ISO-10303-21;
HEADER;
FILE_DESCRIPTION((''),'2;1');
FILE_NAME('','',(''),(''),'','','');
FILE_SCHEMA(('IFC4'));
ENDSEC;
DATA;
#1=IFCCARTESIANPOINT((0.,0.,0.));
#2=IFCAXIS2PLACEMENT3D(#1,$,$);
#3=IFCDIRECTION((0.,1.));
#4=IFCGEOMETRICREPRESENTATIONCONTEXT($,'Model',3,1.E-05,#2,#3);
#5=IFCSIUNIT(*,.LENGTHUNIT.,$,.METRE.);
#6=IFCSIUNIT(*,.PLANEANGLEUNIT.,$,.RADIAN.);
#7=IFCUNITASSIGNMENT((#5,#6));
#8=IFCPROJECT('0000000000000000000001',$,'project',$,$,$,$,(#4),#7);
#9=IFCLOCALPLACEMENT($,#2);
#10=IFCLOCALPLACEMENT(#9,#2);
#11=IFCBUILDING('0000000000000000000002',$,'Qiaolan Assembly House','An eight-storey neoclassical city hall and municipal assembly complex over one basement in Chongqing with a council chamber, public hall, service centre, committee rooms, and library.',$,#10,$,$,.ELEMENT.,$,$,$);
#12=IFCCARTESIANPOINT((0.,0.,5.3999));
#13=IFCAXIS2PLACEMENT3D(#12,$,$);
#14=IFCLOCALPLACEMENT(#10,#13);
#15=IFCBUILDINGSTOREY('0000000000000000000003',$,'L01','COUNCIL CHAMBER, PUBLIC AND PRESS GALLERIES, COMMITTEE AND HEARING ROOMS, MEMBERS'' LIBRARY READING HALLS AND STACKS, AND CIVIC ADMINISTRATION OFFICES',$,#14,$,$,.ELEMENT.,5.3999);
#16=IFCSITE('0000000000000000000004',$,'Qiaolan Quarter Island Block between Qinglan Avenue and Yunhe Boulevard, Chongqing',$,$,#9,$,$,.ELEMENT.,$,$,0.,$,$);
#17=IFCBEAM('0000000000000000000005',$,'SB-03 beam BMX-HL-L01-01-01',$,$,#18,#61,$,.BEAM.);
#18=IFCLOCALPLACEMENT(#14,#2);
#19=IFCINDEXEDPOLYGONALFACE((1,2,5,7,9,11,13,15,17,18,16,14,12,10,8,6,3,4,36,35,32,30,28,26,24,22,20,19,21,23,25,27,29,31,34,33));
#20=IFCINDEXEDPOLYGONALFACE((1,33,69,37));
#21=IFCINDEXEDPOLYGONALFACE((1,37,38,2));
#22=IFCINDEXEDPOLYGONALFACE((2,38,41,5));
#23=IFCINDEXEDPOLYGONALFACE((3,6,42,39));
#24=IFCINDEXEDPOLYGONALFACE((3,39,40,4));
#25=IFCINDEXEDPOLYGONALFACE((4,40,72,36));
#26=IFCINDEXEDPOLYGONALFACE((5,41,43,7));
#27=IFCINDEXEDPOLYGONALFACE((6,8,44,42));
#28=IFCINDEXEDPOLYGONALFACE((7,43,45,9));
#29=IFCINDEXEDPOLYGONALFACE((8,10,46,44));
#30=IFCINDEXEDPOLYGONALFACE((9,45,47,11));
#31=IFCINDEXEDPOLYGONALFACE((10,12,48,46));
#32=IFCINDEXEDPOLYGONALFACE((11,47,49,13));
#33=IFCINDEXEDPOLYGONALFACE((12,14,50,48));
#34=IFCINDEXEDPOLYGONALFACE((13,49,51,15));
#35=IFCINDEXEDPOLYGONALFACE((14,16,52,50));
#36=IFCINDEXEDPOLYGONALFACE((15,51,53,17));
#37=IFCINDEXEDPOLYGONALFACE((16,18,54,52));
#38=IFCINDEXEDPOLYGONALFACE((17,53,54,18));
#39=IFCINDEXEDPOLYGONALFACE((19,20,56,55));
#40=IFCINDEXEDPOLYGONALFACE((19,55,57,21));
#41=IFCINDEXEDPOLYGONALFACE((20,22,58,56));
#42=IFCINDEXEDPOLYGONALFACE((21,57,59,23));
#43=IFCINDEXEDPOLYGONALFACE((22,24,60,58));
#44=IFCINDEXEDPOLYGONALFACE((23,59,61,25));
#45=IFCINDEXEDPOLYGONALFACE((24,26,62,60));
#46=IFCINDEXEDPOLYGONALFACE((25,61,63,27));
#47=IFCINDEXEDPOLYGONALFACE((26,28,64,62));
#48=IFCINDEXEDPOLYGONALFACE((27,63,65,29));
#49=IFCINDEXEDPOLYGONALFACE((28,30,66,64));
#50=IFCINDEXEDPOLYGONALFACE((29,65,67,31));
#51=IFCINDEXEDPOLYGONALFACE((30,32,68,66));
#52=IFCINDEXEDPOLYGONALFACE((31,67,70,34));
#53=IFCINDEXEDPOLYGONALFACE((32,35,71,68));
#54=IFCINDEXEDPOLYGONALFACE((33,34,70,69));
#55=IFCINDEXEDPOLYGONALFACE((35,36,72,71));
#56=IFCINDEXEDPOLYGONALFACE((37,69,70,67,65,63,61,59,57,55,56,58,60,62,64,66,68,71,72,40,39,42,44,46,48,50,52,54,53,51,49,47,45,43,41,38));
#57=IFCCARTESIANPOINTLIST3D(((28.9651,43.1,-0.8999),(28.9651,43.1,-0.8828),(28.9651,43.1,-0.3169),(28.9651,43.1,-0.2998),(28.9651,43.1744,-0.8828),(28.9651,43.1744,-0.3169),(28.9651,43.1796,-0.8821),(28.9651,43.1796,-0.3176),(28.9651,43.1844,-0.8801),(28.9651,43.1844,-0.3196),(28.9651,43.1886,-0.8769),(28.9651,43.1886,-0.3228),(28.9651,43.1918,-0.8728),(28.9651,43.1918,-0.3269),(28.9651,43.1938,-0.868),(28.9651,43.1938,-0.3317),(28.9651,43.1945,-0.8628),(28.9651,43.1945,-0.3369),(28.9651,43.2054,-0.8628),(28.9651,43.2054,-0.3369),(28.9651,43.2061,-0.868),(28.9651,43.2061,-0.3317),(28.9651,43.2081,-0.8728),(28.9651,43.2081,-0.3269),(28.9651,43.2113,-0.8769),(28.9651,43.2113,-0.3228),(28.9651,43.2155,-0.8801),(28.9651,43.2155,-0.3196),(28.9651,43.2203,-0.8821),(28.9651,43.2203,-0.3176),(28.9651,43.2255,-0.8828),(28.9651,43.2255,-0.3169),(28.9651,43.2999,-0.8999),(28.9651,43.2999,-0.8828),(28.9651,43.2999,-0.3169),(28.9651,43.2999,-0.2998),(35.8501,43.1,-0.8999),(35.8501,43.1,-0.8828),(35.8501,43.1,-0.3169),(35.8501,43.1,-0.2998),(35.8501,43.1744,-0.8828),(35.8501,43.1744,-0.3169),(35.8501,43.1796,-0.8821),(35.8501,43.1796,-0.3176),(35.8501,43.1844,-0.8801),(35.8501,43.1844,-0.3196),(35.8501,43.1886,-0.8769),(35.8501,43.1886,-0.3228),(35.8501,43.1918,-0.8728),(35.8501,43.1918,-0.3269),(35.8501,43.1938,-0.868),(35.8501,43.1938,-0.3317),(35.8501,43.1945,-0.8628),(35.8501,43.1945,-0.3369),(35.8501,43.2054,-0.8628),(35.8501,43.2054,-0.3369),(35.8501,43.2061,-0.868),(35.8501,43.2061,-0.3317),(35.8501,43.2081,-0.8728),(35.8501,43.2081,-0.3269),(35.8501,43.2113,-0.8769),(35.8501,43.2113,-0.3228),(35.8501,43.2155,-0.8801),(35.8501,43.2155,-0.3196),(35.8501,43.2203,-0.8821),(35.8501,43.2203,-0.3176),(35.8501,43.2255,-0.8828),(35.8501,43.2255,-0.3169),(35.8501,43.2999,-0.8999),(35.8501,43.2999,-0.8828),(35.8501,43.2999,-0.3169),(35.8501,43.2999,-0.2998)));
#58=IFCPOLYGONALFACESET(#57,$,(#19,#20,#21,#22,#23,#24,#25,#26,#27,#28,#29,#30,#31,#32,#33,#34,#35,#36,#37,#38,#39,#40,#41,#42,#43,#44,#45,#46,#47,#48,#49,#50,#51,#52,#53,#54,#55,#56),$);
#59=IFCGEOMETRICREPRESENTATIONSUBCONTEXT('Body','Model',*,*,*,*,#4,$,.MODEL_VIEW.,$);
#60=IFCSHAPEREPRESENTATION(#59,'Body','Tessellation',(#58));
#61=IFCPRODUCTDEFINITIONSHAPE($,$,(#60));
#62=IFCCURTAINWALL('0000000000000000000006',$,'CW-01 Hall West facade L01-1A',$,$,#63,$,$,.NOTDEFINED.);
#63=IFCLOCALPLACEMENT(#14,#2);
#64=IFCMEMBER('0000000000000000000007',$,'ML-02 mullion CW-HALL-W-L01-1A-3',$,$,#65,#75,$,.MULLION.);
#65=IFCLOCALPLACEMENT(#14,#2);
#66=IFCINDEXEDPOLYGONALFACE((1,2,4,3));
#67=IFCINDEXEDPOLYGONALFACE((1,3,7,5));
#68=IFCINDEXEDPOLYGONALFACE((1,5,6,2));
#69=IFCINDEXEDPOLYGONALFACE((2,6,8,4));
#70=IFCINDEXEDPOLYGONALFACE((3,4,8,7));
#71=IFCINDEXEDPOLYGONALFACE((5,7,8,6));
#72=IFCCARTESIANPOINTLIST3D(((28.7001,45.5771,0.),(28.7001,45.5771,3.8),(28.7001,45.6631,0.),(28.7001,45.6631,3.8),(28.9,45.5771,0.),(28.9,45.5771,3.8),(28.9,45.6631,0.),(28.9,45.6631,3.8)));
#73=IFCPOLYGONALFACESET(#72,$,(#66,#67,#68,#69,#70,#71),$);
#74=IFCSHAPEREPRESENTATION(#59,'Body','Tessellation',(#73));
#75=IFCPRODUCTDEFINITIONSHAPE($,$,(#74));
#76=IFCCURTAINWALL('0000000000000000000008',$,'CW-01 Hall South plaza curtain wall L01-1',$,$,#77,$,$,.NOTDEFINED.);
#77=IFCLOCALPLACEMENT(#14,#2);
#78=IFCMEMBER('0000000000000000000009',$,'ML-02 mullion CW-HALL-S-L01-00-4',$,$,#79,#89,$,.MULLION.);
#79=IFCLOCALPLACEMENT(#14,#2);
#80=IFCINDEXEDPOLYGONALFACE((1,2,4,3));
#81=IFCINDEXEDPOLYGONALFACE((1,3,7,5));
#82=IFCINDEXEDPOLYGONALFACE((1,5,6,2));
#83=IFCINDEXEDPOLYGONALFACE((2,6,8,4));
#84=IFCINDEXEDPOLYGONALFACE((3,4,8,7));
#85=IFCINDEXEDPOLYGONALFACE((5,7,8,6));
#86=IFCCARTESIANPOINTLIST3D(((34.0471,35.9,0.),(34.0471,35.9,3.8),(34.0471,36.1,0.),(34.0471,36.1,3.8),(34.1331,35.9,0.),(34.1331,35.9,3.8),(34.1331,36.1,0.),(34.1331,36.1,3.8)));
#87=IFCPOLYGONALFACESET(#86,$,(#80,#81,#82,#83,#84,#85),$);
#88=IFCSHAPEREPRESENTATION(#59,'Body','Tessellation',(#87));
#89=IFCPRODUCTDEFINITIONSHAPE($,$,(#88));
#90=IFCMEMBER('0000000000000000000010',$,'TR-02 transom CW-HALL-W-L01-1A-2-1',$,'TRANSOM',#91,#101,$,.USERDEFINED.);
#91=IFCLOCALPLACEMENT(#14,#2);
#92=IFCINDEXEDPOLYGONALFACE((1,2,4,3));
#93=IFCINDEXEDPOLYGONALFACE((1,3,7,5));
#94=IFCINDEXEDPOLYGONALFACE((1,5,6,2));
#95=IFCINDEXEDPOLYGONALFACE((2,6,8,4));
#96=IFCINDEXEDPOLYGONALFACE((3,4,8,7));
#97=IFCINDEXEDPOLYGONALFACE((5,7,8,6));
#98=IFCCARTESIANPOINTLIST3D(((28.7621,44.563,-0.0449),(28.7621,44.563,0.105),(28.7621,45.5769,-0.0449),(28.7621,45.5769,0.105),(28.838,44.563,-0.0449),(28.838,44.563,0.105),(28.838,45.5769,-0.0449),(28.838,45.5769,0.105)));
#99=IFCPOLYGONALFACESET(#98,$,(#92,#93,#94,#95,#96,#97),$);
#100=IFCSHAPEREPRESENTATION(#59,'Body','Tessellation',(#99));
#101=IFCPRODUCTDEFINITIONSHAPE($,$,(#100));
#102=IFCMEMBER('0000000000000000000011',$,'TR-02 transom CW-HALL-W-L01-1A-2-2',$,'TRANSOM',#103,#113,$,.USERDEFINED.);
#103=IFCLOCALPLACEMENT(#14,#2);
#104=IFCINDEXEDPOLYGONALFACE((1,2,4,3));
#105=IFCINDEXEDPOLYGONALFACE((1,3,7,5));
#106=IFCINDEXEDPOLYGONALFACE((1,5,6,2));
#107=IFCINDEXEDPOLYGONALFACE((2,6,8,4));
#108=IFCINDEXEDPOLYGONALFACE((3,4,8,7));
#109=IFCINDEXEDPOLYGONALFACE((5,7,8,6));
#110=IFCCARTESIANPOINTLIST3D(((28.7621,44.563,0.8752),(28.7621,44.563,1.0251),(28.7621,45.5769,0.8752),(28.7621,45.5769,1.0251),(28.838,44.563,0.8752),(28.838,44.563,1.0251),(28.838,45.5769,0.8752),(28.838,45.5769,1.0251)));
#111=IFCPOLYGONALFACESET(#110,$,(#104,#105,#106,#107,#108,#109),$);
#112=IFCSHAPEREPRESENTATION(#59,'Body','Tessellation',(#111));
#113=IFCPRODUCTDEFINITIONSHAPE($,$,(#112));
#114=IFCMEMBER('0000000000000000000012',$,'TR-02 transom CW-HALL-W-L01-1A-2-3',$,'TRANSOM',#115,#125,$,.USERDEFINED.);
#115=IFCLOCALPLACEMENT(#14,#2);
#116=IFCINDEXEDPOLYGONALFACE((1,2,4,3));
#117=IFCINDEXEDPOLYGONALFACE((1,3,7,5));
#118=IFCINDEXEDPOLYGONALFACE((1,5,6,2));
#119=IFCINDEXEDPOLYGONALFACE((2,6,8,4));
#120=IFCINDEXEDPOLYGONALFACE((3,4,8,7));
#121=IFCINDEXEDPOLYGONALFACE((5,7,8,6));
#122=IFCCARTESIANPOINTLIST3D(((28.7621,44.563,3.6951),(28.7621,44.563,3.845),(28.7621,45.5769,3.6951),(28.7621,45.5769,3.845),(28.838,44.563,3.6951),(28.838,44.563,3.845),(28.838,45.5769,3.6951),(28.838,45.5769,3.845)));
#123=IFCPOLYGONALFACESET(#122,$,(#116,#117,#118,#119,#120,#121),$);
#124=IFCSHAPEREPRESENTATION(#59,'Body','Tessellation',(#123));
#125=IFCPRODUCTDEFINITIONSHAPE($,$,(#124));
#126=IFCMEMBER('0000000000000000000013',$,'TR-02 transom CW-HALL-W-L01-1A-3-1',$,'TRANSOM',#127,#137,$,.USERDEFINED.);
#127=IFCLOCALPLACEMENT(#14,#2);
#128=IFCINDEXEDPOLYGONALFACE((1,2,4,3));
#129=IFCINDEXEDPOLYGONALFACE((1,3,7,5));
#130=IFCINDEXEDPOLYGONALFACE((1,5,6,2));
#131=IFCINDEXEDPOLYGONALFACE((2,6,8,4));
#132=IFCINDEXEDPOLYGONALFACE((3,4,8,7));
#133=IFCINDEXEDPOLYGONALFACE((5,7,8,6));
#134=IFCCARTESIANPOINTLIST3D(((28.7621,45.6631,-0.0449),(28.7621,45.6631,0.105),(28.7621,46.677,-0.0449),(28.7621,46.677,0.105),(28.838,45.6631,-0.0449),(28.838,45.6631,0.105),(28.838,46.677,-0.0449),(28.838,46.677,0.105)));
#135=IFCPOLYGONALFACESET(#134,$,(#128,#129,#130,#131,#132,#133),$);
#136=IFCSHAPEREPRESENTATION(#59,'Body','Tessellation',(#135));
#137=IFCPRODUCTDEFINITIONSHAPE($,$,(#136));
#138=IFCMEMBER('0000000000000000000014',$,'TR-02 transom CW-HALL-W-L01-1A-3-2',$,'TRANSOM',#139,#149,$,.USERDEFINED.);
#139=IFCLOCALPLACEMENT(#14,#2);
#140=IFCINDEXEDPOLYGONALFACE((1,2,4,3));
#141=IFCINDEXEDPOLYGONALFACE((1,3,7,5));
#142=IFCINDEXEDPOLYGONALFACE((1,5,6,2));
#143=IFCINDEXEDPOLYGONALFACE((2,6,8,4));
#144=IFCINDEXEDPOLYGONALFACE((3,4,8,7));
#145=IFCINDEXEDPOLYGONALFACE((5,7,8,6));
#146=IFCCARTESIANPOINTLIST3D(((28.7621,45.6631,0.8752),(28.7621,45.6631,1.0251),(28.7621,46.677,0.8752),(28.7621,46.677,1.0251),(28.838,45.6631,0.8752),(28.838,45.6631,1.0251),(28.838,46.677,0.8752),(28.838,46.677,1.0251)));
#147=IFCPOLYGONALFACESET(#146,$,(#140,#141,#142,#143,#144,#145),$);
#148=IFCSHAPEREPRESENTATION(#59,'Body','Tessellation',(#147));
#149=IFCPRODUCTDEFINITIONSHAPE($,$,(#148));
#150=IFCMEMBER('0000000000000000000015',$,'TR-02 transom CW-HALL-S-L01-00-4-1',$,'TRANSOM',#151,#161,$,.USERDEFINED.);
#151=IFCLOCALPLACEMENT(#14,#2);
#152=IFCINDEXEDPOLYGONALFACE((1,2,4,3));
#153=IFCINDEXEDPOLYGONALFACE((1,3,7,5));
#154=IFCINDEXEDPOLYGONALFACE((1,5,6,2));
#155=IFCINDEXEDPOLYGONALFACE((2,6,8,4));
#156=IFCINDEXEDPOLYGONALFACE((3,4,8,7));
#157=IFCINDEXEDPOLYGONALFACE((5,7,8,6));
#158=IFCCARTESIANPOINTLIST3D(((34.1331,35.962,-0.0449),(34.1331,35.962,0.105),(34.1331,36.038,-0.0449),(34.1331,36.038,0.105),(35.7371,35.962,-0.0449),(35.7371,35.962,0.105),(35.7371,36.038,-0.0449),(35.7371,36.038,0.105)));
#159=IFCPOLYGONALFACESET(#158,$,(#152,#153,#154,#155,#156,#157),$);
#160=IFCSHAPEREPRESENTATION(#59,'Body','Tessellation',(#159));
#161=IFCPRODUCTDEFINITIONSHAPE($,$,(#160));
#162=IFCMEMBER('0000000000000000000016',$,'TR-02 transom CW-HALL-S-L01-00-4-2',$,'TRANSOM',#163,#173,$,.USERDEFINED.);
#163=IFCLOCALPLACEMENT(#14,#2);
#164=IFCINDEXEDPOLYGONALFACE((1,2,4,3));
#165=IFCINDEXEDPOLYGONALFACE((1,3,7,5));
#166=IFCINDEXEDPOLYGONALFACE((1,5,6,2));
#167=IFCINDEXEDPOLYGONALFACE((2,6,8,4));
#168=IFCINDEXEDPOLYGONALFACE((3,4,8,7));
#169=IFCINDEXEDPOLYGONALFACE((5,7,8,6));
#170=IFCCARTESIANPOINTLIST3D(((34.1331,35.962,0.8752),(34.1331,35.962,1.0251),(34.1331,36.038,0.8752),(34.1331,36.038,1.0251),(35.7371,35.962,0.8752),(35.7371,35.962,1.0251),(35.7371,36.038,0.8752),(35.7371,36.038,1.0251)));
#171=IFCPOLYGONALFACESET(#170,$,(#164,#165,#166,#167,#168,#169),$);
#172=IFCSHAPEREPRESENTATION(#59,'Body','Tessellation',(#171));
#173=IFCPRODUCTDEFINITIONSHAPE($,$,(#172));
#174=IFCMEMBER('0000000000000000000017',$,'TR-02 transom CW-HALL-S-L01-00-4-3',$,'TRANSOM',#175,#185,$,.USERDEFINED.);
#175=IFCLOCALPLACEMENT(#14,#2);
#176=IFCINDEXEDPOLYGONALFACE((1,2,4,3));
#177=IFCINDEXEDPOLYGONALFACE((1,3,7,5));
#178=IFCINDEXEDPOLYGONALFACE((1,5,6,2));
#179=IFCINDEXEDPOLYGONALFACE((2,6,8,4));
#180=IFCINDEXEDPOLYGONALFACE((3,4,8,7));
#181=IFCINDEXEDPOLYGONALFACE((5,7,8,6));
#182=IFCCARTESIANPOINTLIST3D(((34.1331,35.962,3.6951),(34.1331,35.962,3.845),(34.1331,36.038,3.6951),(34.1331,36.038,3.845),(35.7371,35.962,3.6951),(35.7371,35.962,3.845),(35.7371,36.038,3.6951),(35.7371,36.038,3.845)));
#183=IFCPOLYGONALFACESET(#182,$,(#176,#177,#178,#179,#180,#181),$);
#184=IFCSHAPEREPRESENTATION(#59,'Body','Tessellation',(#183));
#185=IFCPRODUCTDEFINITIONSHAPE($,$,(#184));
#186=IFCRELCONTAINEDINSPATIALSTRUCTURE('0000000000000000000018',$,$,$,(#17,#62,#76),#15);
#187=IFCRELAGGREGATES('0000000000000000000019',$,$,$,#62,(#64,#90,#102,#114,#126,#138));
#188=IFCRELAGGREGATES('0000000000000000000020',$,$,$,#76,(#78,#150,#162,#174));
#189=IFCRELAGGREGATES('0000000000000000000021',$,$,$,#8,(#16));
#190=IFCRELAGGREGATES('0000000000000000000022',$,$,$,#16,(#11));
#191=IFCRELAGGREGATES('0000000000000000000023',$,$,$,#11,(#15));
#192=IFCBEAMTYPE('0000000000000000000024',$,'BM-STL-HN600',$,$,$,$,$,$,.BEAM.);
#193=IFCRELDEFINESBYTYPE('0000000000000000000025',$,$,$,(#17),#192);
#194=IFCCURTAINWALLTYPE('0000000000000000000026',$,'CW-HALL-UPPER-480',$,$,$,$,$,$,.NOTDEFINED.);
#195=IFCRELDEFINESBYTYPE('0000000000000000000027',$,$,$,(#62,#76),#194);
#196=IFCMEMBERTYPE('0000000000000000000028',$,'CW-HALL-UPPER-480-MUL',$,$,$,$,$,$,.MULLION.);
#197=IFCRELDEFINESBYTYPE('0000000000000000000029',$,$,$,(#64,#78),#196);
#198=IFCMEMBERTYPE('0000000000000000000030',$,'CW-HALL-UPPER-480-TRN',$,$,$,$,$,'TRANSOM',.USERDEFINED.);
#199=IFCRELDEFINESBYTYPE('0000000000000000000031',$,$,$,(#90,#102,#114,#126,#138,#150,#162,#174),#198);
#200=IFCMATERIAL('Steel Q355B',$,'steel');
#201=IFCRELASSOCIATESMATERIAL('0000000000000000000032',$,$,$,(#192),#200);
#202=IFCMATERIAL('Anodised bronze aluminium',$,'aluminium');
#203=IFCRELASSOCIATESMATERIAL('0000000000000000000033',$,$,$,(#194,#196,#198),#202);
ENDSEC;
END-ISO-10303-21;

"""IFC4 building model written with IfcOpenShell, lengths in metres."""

from ifc_helpers import new_model, si_unit, direction, frame, origin, origin_2d, place, context, subcontext, project, spatial, rectangle, i_section, extrude, material, material_profile, profile_set, type_object, element, aggregate, save


model = new_model("IFC4")

# Units and contexts
model_context = context("Model", 3, precision=1e-05, world=origin(), true_north=direction((0.0, 1.0)))
body_context = subcontext(model_context, "Body", "Model", "MODEL_VIEW")
ifc_project = project(units=[si_unit("LENGTHUNIT", "METRE"), si_unit("PLANEANGLEUNIT", "RADIAN")], contexts=[model_context])

# Site, building, storey
site_placement = place(None, origin())
site = spatial("IfcSite", under=ifc_project, at=site_placement, Name="Qiaolan Quarter Island Block between Qinglan Avenue and Yunhe Boulevard, Chongqing", CompositionType="ELEMENT", RefElevation=0.0)
building_placement = place(site_placement, origin())
building = spatial("IfcBuilding", under=site, at=building_placement, Name="Qiaolan Assembly House", Description="An eight-storey neoclassical city hall and municipal assembly complex over one basement in Chongqing with a council chamber, public hall, service centre, committee rooms, and library.", CompositionType="ELEMENT")
storey_placement = place(building_placement, frame((0.0, 0.0, 5.3999)))
storey = spatial("IfcBuildingStorey", under=building, at=storey_placement, Name="L01", Description="COUNCIL CHAMBER, PUBLIC AND PRESS GALLERIES, COMMITTEE AND HEARING ROOMS, MEMBERS' LIBRARY READING HALLS AND STACKS, AND CIVIC ADMINISTRATION OFFICES", CompositionType="ELEMENT", Elevation=5.3999)

# Beam
ifc_material_1 = material(Name="Steel Q355B", Category="steel")
ifc_material_profile_1 = material_profile(ifc_material_1, i_section(OverallWidth=0.2, OverallDepth=0.6001, WebThickness=0.011, FlangeThickness=0.0171, FilletRadius=0.02, at=origin_2d()), Name="HN 600x200x11x17")
ifc_profile_set_1 = profile_set([ifc_material_profile_1], Name="Steel Q355B")
beam_type_1 = type_object("IfcBeamType", Name="BM-STL-HN600", PredefinedType="BEAM", material=ifc_profile_set_1)
beam_placement = place(storey_placement, frame((28.9651, 43.2, -0.5999), z_axis=(1.0, 0.0, 0.0), x_axis=(0.0, 1.0, 0.0)))
element("IfcBeam", 1, at=beam_placement, inside=storey, type_object=beam_type_1, Name="SB-03 beam BMX-HL-L01-01-01", PredefinedType="BEAM", context=body_context, shape_type="SweptSolid", body=[
    extrude(i_section(OverallWidth=0.2, OverallDepth=0.6001, WebThickness=0.011, FlangeThickness=0.0171, FilletRadius=0.02, at=origin_2d()), origin(), (0.0, 0.0, 1.0), 6.885),
])

# Curtain walls, members
ifc_material_2 = material(Name="Anodised bronze aluminium", Category="aluminium")
curtain_wall_type = type_object("IfcCurtainWallType", Name="CW-HALL-UPPER-480", PredefinedType="NOTDEFINED", material=ifc_material_2)
curtain_wall_1_placement = place(storey_placement, origin())
curtain_wall_1 = element("IfcCurtainWall", 2, at=curtain_wall_1_placement, inside=storey, type_object=curtain_wall_type, Name="CW-01 Hall West facade L01-1A", PredefinedType="NOTDEFINED")
ifc_material_profile_2 = material_profile(ifc_material_2, rectangle(XDim=0.0859, YDim=0.2, at=origin_2d()), Name="MUL 86x200")
ifc_profile_set_2 = profile_set([ifc_material_profile_2], Name="Anodised bronze aluminium")
member_type_1 = type_object("IfcMemberType", Name="CW-HALL-UPPER-480-MUL", PredefinedType="MULLION", material=ifc_profile_set_2)
member_1_placement = place(storey_placement, frame((28.8, 45.6201, 0.0), z_axis=(0.0, 0.0, 1.0), x_axis=(0.0, 1.0, 0.0)))
member_1 = element("IfcMember", 3, at=member_1_placement, type_object=member_type_1, Name="ML-02 mullion CW-HALL-W-L01-1A-3", PredefinedType="MULLION", context=body_context, shape_type="SweptSolid", body=[
    extrude(rectangle(XDim=0.0859, YDim=0.2, at=origin_2d()), origin(), (0.0, 0.0, 1.0), 3.8),
])
curtain_wall_2_placement = place(storey_placement, origin())
curtain_wall_2 = element("IfcCurtainWall", 4, at=curtain_wall_2_placement, inside=storey, type_object=curtain_wall_type, Name="CW-01 Hall South plaza curtain wall L01-1", PredefinedType="NOTDEFINED")
member_2_placement = place(storey_placement, frame((34.0901, 36.0, 0.0), z_axis=(0.0, 0.0, 1.0), x_axis=(1.0, 0.0, 0.0)))
member_2 = element("IfcMember", 5, at=member_2_placement, type_object=member_type_1, Name="ML-02 mullion CW-HALL-S-L01-00-4", PredefinedType="MULLION", context=body_context, shape_type="SweptSolid", body=[
    extrude(rectangle(XDim=0.0859, YDim=0.2, at=origin_2d()), origin(), (0.0, 0.0, 1.0), 3.8),
])

# Members
ifc_material_profile_3 = material_profile(ifc_material_2, rectangle(XDim=0.0759, YDim=0.1499, at=origin_2d()), Name="TRN 76x150")
ifc_profile_set_3 = profile_set([ifc_material_profile_3], Name="Anodised bronze aluminium")
member_type_2 = type_object("IfcMemberType", Name="CW-HALL-UPPER-480-TRN", ElementType="TRANSOM", PredefinedType="USERDEFINED", material=ifc_profile_set_3)
member_3_placement = place(storey_placement, frame((28.8, 44.563, 0.03), z_axis=(0.0, 1.0, 0.0), x_axis=(-1.0, 0.0, 0.0)))
member_3 = element("IfcMember", 6, at=member_3_placement, type_object=member_type_2, Name="TR-02 transom CW-HALL-W-L01-1A-2-1", ObjectType="TRANSOM", PredefinedType="USERDEFINED", context=body_context, shape_type="SweptSolid", body=[
    extrude(rectangle(XDim=0.0759, YDim=0.1499, at=origin_2d()), origin(), (0.0, 0.0, 1.0), 1.0139),
])
member_4_placement = place(storey_placement, frame((28.8, 44.563, 0.9502), z_axis=(0.0, 1.0, 0.0), x_axis=(-1.0, 0.0, 0.0)))
member_4 = element("IfcMember", 7, at=member_4_placement, type_object=member_type_2, Name="TR-02 transom CW-HALL-W-L01-1A-2-2", ObjectType="TRANSOM", PredefinedType="USERDEFINED", context=body_context, shape_type="SweptSolid", body=[
    extrude(rectangle(XDim=0.0759, YDim=0.1499, at=origin_2d()), origin(), (0.0, 0.0, 1.0), 1.0139),
])
member_5_placement = place(storey_placement, frame((28.8, 44.563, 3.77), z_axis=(0.0, 1.0, 0.0), x_axis=(-1.0, 0.0, 0.0)))
member_5 = element("IfcMember", 8, at=member_5_placement, type_object=member_type_2, Name="TR-02 transom CW-HALL-W-L01-1A-2-3", ObjectType="TRANSOM", PredefinedType="USERDEFINED", context=body_context, shape_type="SweptSolid", body=[
    extrude(rectangle(XDim=0.0759, YDim=0.1499, at=origin_2d()), origin(), (0.0, 0.0, 1.0), 1.0139),
])
member_6_placement = place(storey_placement, frame((28.8, 45.6631, 0.03), z_axis=(0.0, 1.0, 0.0), x_axis=(-1.0, 0.0, 0.0)))
member_6 = element("IfcMember", 9, at=member_6_placement, type_object=member_type_2, Name="TR-02 transom CW-HALL-W-L01-1A-3-1", ObjectType="TRANSOM", PredefinedType="USERDEFINED", context=body_context, shape_type="SweptSolid", body=[
    extrude(rectangle(XDim=0.0759, YDim=0.1499, at=origin_2d()), origin(), (0.0, 0.0, 1.0), 1.0139),
])
member_7_placement = place(storey_placement, frame((28.8, 45.6631, 0.9502), z_axis=(0.0, 1.0, 0.0), x_axis=(-1.0, 0.0, 0.0)))
member_7 = element("IfcMember", 10, at=member_7_placement, type_object=member_type_2, Name="TR-02 transom CW-HALL-W-L01-1A-3-2", ObjectType="TRANSOM", PredefinedType="USERDEFINED", context=body_context, shape_type="SweptSolid", body=[
    extrude(rectangle(XDim=0.0759, YDim=0.1499, at=origin_2d()), origin(), (0.0, 0.0, 1.0), 1.0139),
])
member_8_placement = place(storey_placement, frame((34.1331, 36.0, 0.03), z_axis=(1.0, 0.0, 0.0), x_axis=(0.0, 1.0, 0.0)))
member_8 = element("IfcMember", 11, at=member_8_placement, type_object=member_type_2, Name="TR-02 transom CW-HALL-S-L01-00-4-1", ObjectType="TRANSOM", PredefinedType="USERDEFINED", context=body_context, shape_type="SweptSolid", body=[
    extrude(rectangle(XDim=0.0759, YDim=0.1499, at=origin_2d()), origin(), (0.0, 0.0, 1.0), 1.604),
])
member_9_placement = place(storey_placement, frame((34.1331, 36.0, 0.9502), z_axis=(1.0, 0.0, 0.0), x_axis=(0.0, 1.0, 0.0)))
member_9 = element("IfcMember", 12, at=member_9_placement, type_object=member_type_2, Name="TR-02 transom CW-HALL-S-L01-00-4-2", ObjectType="TRANSOM", PredefinedType="USERDEFINED", context=body_context, shape_type="SweptSolid", body=[
    extrude(rectangle(XDim=0.0759, YDim=0.1499, at=origin_2d()), origin(), (0.0, 0.0, 1.0), 1.604),
])
member_10_placement = place(storey_placement, frame((34.1331, 36.0, 3.77), z_axis=(1.0, 0.0, 0.0), x_axis=(0.0, 1.0, 0.0)))
member_10 = element("IfcMember", 13, at=member_10_placement, type_object=member_type_2, Name="TR-02 transom CW-HALL-S-L01-00-4-3", ObjectType="TRANSOM", PredefinedType="USERDEFINED", context=body_context, shape_type="SweptSolid", body=[
    extrude(rectangle(XDim=0.0759, YDim=0.1499, at=origin_2d()), origin(), (0.0, 0.0, 1.0), 1.604),
])

aggregate(curtain_wall_1, [member_1, member_3, member_4, member_5, member_6, member_7])
aggregate(curtain_wall_2, [member_2, member_8, member_9, member_10])

save(model, "model.ifc")
